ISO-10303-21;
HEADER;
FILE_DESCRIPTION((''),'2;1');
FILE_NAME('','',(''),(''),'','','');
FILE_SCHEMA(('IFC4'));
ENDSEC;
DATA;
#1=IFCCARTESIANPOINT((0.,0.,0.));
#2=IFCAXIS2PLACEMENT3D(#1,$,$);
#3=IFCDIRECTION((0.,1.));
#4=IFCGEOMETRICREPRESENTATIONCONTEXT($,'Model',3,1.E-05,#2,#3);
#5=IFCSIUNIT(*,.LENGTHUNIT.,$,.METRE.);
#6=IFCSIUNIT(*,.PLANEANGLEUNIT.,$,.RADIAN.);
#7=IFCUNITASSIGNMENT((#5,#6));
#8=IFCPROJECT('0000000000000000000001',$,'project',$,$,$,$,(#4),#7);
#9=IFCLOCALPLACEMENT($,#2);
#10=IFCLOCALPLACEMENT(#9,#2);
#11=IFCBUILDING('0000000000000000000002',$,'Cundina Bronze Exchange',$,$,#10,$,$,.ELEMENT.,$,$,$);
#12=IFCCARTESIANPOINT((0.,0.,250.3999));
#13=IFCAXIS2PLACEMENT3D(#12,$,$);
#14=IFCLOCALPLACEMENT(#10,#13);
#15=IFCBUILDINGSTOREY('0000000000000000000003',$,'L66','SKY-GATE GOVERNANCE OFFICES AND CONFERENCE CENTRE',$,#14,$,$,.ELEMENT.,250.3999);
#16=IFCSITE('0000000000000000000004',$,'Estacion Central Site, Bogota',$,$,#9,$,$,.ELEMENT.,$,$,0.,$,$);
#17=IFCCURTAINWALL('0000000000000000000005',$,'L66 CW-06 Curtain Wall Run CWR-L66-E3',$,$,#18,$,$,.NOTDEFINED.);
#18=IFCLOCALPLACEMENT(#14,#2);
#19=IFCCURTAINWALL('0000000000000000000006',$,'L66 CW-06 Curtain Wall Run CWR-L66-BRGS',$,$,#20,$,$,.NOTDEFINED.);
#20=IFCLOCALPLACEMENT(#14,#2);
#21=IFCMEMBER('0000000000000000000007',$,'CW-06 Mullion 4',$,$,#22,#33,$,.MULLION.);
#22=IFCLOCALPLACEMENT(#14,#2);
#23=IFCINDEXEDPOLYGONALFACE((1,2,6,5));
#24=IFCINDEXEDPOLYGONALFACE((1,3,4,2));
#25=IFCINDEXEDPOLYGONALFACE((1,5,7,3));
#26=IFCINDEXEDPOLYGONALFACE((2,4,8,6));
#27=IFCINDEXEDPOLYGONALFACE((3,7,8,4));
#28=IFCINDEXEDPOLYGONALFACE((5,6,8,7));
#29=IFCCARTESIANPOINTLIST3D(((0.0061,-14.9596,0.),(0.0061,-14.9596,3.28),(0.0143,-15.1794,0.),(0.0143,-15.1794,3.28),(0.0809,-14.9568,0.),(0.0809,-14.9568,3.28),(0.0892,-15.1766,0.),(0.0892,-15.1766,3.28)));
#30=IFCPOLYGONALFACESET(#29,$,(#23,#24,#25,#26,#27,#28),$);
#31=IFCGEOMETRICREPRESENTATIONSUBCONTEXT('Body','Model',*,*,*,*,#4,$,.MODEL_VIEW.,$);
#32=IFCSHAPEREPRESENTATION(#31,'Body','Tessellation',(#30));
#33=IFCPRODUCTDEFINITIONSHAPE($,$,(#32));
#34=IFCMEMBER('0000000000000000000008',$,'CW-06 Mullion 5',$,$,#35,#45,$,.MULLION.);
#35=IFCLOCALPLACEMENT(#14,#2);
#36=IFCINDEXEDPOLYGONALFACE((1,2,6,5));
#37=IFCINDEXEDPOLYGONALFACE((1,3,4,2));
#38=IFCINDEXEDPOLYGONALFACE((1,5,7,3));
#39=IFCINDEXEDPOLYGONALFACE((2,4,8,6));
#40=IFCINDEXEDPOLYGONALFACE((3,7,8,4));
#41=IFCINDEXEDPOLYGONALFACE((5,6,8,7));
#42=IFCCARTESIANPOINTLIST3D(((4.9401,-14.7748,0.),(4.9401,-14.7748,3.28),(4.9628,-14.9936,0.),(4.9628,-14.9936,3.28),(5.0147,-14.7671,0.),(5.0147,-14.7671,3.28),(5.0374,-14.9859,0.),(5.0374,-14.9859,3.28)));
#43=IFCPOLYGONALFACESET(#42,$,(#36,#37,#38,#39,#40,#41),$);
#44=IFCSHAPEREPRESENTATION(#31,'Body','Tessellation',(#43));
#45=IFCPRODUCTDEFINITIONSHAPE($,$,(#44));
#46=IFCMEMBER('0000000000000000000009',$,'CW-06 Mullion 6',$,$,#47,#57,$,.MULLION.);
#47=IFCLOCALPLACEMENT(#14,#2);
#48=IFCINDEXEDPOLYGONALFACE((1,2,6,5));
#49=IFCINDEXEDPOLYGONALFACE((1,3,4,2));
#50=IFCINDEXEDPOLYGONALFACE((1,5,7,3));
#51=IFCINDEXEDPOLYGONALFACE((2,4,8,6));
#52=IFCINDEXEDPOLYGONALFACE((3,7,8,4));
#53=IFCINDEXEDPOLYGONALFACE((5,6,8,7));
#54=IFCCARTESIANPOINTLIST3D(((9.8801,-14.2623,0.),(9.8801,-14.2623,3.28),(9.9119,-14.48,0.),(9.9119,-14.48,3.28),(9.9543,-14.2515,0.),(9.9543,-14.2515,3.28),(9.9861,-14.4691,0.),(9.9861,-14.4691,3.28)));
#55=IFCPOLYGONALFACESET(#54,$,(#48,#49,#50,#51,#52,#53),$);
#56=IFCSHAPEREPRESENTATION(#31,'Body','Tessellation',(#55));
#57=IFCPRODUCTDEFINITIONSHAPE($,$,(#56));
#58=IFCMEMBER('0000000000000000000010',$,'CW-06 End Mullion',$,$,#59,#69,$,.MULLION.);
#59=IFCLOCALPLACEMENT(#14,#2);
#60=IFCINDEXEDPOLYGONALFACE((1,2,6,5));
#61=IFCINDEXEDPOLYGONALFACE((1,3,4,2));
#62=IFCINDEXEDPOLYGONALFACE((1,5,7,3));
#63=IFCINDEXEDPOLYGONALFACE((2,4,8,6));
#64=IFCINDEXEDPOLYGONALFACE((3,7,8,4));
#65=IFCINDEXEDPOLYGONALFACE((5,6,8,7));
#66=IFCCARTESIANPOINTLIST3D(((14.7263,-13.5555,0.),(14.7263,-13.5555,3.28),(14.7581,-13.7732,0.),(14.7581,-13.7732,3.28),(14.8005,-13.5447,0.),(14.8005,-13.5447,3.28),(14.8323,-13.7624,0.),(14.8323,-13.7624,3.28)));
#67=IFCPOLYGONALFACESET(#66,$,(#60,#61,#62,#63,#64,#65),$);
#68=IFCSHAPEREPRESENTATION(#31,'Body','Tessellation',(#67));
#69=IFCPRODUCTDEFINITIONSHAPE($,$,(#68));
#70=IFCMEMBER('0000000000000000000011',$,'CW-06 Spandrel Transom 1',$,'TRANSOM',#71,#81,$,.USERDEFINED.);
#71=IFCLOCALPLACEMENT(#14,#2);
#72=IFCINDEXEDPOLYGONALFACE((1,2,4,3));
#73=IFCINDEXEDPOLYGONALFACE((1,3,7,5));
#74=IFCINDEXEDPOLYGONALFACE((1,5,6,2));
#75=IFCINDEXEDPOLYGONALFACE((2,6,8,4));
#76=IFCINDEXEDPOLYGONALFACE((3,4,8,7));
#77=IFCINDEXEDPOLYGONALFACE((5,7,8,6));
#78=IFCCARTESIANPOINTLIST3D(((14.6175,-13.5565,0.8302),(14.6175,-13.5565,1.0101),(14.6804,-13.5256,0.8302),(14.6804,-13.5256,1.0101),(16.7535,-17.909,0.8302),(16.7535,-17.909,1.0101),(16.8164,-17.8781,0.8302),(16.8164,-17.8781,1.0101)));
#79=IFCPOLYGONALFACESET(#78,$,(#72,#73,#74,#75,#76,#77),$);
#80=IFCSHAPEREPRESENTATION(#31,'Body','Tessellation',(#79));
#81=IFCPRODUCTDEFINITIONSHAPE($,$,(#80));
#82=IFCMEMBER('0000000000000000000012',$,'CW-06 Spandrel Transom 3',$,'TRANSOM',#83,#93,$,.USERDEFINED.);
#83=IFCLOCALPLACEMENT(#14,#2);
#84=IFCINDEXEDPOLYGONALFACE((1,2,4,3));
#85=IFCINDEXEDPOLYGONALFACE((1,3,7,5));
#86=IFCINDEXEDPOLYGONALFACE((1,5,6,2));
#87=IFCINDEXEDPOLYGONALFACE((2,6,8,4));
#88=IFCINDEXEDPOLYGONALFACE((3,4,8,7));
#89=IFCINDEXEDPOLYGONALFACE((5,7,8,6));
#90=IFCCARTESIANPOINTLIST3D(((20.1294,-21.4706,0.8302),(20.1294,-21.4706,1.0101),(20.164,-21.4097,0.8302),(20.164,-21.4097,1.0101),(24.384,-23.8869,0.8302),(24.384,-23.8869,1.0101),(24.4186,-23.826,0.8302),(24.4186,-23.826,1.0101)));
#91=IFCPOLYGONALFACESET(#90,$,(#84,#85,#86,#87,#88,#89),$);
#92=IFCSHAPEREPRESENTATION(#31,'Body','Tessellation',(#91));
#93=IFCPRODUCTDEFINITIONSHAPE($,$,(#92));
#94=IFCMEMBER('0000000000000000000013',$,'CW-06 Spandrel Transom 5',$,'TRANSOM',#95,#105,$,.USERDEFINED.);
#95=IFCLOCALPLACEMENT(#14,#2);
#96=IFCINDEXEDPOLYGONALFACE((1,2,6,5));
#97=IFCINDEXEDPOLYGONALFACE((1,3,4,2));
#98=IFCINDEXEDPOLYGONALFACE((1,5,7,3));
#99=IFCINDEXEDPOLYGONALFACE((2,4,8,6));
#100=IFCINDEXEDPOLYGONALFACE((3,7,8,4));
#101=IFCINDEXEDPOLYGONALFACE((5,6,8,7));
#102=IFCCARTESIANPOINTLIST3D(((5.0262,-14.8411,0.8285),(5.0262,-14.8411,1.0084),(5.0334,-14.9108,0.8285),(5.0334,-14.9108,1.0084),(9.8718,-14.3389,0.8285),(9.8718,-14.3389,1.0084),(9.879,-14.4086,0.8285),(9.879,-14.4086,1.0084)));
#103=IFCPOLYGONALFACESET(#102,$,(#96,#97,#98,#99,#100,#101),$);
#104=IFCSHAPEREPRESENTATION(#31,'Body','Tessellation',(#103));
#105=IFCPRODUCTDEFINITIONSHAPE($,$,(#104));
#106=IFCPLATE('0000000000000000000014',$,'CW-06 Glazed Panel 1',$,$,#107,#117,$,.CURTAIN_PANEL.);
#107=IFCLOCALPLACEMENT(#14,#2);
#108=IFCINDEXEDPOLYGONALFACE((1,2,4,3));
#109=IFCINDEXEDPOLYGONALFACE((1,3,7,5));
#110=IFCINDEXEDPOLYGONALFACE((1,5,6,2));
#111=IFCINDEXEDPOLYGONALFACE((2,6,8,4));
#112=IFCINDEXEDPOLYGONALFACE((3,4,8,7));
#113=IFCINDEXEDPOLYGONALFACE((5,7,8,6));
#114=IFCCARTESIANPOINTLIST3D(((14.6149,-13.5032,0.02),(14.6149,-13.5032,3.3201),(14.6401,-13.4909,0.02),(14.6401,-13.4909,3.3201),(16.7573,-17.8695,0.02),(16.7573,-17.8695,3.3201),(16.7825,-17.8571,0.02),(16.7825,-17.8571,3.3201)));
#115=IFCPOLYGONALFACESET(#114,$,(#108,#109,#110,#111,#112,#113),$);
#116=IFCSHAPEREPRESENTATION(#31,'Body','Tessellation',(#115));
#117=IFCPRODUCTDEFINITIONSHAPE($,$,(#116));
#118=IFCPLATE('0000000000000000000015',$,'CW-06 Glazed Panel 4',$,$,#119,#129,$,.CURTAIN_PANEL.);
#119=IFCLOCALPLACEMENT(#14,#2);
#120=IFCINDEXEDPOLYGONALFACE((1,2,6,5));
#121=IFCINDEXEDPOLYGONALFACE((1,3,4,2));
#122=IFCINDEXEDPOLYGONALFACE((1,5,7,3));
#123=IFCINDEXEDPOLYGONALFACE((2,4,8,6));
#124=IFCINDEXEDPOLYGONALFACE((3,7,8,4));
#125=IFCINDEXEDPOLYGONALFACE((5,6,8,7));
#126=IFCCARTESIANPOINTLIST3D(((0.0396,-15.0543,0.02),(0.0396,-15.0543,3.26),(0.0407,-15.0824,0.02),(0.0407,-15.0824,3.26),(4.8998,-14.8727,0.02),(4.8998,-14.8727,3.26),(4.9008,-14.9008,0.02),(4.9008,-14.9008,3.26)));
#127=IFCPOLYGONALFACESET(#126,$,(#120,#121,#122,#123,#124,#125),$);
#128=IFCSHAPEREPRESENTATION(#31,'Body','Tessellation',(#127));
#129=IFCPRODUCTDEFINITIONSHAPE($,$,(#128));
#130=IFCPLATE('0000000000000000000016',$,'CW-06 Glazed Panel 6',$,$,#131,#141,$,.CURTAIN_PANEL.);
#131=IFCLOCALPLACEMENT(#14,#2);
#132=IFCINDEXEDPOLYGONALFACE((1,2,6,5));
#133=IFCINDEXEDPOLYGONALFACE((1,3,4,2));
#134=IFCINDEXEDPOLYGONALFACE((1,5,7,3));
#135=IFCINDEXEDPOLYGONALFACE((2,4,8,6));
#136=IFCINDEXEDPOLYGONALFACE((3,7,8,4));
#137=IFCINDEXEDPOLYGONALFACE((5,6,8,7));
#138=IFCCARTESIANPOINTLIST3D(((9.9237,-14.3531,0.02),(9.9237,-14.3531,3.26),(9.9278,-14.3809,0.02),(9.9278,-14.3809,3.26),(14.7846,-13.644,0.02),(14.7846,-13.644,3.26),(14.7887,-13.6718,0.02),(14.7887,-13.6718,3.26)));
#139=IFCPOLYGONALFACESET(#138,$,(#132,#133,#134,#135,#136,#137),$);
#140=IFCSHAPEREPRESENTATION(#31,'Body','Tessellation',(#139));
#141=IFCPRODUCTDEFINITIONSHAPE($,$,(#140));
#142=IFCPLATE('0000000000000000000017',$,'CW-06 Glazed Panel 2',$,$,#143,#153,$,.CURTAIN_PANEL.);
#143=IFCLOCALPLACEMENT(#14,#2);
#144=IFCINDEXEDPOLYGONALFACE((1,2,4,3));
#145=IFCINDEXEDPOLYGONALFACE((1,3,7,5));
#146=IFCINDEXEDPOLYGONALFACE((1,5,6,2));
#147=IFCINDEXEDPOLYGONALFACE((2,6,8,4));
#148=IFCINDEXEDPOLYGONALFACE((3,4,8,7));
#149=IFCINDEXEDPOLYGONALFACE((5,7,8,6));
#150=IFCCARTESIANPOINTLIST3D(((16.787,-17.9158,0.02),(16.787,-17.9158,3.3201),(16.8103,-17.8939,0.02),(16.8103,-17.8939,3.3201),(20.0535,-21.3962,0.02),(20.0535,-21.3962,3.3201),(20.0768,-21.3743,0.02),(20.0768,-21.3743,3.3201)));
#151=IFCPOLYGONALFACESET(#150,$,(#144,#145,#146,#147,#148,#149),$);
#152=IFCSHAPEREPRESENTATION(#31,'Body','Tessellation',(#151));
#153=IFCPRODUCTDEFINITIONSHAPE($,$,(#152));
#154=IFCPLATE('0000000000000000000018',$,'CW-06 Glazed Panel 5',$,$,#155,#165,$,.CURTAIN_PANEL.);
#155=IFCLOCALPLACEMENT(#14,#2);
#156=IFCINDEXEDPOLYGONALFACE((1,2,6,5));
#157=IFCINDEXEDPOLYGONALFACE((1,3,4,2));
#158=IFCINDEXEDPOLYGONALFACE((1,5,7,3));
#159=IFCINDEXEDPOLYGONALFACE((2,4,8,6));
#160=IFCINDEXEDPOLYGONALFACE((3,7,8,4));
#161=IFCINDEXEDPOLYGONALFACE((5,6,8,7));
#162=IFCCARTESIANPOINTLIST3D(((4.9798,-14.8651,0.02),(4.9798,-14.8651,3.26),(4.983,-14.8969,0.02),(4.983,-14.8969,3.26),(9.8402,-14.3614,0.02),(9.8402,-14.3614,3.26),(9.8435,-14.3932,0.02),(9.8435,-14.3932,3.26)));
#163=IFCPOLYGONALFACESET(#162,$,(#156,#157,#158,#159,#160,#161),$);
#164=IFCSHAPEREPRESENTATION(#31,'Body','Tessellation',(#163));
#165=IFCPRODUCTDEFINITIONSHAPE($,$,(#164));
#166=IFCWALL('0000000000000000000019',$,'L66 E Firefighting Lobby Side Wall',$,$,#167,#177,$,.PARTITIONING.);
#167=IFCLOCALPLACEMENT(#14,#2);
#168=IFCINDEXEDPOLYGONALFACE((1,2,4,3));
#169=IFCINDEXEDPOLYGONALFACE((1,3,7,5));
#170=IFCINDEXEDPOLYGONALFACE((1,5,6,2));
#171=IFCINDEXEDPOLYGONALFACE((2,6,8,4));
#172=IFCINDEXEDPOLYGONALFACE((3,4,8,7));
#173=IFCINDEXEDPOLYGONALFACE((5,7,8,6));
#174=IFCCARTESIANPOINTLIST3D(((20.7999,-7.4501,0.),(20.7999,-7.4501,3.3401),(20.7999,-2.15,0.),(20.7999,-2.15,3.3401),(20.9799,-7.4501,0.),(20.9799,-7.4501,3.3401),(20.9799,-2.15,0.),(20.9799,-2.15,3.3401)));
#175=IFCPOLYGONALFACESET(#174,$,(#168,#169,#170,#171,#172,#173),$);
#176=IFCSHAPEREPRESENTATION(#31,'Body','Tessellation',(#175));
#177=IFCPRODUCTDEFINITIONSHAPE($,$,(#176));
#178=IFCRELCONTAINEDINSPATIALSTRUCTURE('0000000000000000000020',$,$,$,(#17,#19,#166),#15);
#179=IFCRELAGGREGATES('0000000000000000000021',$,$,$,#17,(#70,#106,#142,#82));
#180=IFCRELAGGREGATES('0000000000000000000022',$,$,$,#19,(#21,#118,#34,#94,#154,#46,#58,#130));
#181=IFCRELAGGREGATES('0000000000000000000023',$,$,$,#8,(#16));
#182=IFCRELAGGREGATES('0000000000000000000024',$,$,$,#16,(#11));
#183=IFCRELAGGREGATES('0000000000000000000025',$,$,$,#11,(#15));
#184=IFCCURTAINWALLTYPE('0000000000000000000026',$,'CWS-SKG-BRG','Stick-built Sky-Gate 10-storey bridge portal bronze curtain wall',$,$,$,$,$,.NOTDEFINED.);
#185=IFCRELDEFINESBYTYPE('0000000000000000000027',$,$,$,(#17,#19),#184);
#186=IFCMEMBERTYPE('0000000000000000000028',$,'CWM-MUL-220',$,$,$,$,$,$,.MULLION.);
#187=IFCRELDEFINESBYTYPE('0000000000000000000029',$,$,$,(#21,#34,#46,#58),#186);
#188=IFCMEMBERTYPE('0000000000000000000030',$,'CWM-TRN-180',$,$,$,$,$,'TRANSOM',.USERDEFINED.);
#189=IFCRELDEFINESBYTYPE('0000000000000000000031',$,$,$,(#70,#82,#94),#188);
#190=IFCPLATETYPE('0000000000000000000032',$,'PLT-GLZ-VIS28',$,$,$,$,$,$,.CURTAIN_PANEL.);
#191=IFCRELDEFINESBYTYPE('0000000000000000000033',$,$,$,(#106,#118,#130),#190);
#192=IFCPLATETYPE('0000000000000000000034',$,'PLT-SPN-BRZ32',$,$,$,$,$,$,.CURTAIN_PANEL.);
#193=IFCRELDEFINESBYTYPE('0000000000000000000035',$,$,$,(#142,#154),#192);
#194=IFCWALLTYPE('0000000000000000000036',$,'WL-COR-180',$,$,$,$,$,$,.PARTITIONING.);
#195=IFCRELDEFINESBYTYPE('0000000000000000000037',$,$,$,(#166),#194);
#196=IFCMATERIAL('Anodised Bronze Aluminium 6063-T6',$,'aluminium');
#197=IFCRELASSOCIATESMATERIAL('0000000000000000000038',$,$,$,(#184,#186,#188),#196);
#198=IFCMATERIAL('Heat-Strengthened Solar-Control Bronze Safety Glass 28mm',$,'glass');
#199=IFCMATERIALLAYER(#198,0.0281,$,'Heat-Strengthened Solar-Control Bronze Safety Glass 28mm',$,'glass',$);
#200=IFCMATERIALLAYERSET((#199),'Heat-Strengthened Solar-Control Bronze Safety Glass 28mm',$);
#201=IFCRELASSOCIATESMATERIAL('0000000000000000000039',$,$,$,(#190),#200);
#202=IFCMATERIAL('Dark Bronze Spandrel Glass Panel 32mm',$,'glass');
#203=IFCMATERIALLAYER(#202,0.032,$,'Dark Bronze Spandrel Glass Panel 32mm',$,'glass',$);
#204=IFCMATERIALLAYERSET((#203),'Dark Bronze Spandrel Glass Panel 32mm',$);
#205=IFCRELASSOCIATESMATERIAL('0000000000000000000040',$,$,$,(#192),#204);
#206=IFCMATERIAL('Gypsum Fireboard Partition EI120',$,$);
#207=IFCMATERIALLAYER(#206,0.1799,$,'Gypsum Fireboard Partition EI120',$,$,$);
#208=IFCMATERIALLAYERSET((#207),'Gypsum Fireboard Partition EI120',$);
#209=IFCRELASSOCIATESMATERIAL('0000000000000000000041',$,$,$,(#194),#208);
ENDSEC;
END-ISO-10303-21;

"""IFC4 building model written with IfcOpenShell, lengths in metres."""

from ifc_helpers import new_model, si_unit, direction, frame, frame_2d, origin, origin_2d, place, context, subcontext, project, spatial, rectangle, extrude, material, layer, layer_set, material_profile, profile_set, type_object, element, aggregate, save


model = new_model("IFC4")

# Units and contexts
model_context = context("Model", 3, precision=1e-05, world=origin(), true_north=direction((0.0, 1.0)))
body_context = subcontext(model_context, "Body", "Model", "MODEL_VIEW")
ifc_project = project(units=[si_unit("LENGTHUNIT", "METRE"), si_unit("PLANEANGLEUNIT", "RADIAN")], contexts=[model_context])

# Site, building, storey
site_placement = place(None, origin())
site = spatial("IfcSite", under=ifc_project, at=site_placement, Name="Estacion Central Site, Bogota", CompositionType="ELEMENT", RefElevation=0.0)
building_placement = place(site_placement, origin())
building = spatial("IfcBuilding", under=site, at=building_placement, Name="Cundina Bronze Exchange", CompositionType="ELEMENT")
storey_placement = place(building_placement, frame((0.0, 0.0, 250.3999)))
storey = spatial("IfcBuildingStorey", under=building, at=storey_placement, Name="L66", Description="SKY-GATE GOVERNANCE OFFICES AND CONFERENCE CENTRE", CompositionType="ELEMENT", Elevation=250.3999)

# Curtain walls, members
ifc_material_1 = material(Name="Anodised Bronze Aluminium 6063-T6", Category="aluminium")
curtain_wall_type = type_object("IfcCurtainWallType", Name="CWS-SKG-BRG", Description="Stick-built Sky-Gate 10-storey bridge portal bronze curtain wall", PredefinedType="NOTDEFINED", material=ifc_material_1)
curtain_wall_1_placement = place(storey_placement, origin())
curtain_wall_1 = element("IfcCurtainWall", 1, at=curtain_wall_1_placement, inside=storey, type_object=curtain_wall_type, Name="L66 CW-06 Curtain Wall Run CWR-L66-E3", PredefinedType="NOTDEFINED")
ifc_material_profile_1 = material_profile(ifc_material_1, rectangle(XDim=0.075, YDim=0.22, at=origin_2d()), Name="AL75X220", Category="aluminium")
ifc_profile_set_1 = profile_set([ifc_material_profile_1], Name="Anodised Bronze Aluminium 6063-T6")
member_type_1 = type_object("IfcMemberType", Name="CWM-MUL-220", PredefinedType="MULLION", material=ifc_profile_set_1)
curtain_wall_2_placement = place(storey_placement, origin())
curtain_wall_2 = element("IfcCurtainWall", 2, at=curtain_wall_2_placement, inside=storey, type_object=curtain_wall_type, Name="L66 CW-06 Curtain Wall Run CWR-L66-BRGS", PredefinedType="NOTDEFINED")
member_1_placement = place(storey_placement, frame((0.0476, -15.0681, 0.0), z_axis=(0.0, 0.0, 1.0), x_axis=(0.999303, 0.037341, 0.0)))
member_1 = element("IfcMember", 3, at=member_1_placement, type_object=member_type_1, Name="CW-06 Mullion 4", PredefinedType="MULLION", context=body_context, shape_type="SweptSolid", body=[
    extrude(rectangle(XDim=0.075, YDim=0.22, at=origin_2d()), origin(), (0.0, 0.0, 1.0), 3.28),
])
member_2_placement = place(storey_placement, frame((4.9888, -14.8804, 0.0), z_axis=(0.0, 0.0, 1.0), x_axis=(0.994667, 0.10314, 0.0)))
member_2 = element("IfcMember", 4, at=member_2_placement, type_object=member_type_1, Name="CW-06 Mullion 5", PredefinedType="MULLION", context=body_context, shape_type="SweptSolid", body=[
    extrude(rectangle(XDim=0.075, YDim=0.22, at=origin_2d()), origin(), (0.0, 0.0, 1.0), 3.28),
])
member_3_placement = place(storey_placement, frame((9.9331, -14.3657, 0.0), z_axis=(0.0, 0.0, 1.0), x_axis=(0.989526, 0.144356, 0.0)))
member_3 = element("IfcMember", 5, at=member_3_placement, type_object=member_type_1, Name="CW-06 Mullion 6", PredefinedType="MULLION", context=body_context, shape_type="SweptSolid", body=[
    extrude(rectangle(XDim=0.075, YDim=0.22, at=origin_2d()), origin(), (0.0, 0.0, 1.0), 3.28),
])
member_4_placement = place(storey_placement, frame((14.7793, -13.6589, 0.0), z_axis=(0.0, 0.0, 1.0), x_axis=(0.989526, 0.144356, 0.0)))
member_4 = element("IfcMember", 6, at=member_4_placement, type_object=member_type_1, Name="CW-06 End Mullion", PredefinedType="MULLION", context=body_context, shape_type="SweptSolid", body=[
    extrude(rectangle(XDim=0.075, YDim=0.22, at=origin_2d()), origin(), (0.0, 0.0, 1.0), 3.28),
])

# Members
ifc_material_profile_2 = material_profile(ifc_material_1, rectangle(XDim=0.0701, YDim=0.1799, at=origin_2d()), Name="AL70X180", Category="aluminium")
ifc_profile_set_2 = profile_set([ifc_material_profile_2], Name="Anodised Bronze Aluminium 6063-T6")
member_type_2 = type_object("IfcMemberType", Name="CWM-TRN-180", ElementType="TRANSOM", PredefinedType="USERDEFINED", material=ifc_profile_set_2)
member_5_placement = place(storey_placement, frame((14.6489, -13.541, 0.9202), z_axis=(0.440554, -0.897726, 0.0), x_axis=(0.897726, 0.440554, 0.0)))
member_5 = element("IfcMember", 7, at=member_5_placement, type_object=member_type_2, Name="CW-06 Spandrel Transom 1", ObjectType="TRANSOM", PredefinedType="USERDEFINED", context=body_context, shape_type="SweptSolid", body=[
    extrude(rectangle(XDim=0.0701, YDim=0.1799, at=origin_2d()), origin(), (0.0, 0.0, 1.0), 4.8484),
])
member_6_placement = place(storey_placement, frame((20.1467, -21.4402, 0.9202), z_axis=(0.869557, -0.493832, 0.0), x_axis=(0.493832, 0.869557, 0.0)))
member_6 = element("IfcMember", 8, at=member_6_placement, type_object=member_type_2, Name="CW-06 Spandrel Transom 3", ObjectType="TRANSOM", PredefinedType="USERDEFINED", context=body_context, shape_type="SweptSolid", body=[
    extrude(rectangle(XDim=0.0701, YDim=0.1799, at=origin_2d()), origin(), (0.0, 0.0, 1.0), 4.8928),
])
member_7_placement = place(storey_placement, frame((5.0298, -14.876, 0.9185), z_axis=(0.994672, 0.103086, 0.0), x_axis=(-0.103086, 0.994672, 0.0)))
member_7 = element("IfcMember", 9, at=member_7_placement, type_object=member_type_2, Name="CW-06 Spandrel Transom 5", ObjectType="TRANSOM", PredefinedType="USERDEFINED", context=body_context, shape_type="SweptSolid", body=[
    extrude(rectangle(XDim=0.0701, YDim=0.1799, at=origin_2d()), origin(), (0.0, 0.0, 1.0), 4.8716),
])

# Plates
ifc_material_2 = material(Name="Heat-Strengthened Solar-Control Bronze Safety Glass 28mm", Category="glass")
ifc_layer_1 = layer(ifc_material_2, 0.0281, Name="Heat-Strengthened Solar-Control Bronze Safety Glass 28mm", Category="glass")
ifc_layer_set_1 = layer_set([ifc_layer_1], Name="Heat-Strengthened Solar-Control Bronze Safety Glass 28mm")
plate_type_1 = type_object("IfcPlateType", Name="PLT-GLZ-VIS28", PredefinedType="CURTAIN_PANEL", material=ifc_layer_set_1)
plate_1_placement = place(storey_placement, frame((15.6987, -15.6802, 0.02), z_axis=(0.0, 0.0, 1.0), x_axis=(0.440503, -0.897751, 0.0)))
plate_1 = element("IfcPlate", 10, at=plate_1_placement, type_object=plate_type_1, Name="CW-06 Glazed Panel 1", PredefinedType="CURTAIN_PANEL", context=body_context, shape_type="SweptSolid", body=[
    extrude(rectangle(XDim=4.8635, YDim=0.0281, at=origin_2d()), origin(), (0.0, 0.0, 1.0), 3.3),
])
plate_2_placement = place(storey_placement, frame((2.4702, -14.9775, 0.02), z_axis=(0.0, 0.0, 1.0), x_axis=(0.999303, 0.037341, 0.0)))
plate_2 = element("IfcPlate", 11, at=plate_2_placement, type_object=plate_type_1, Name="CW-06 Glazed Panel 4", PredefinedType="CURTAIN_PANEL", context=body_context, shape_type="SweptSolid", body=[
    extrude(rectangle(XDim=4.8635, YDim=0.0281, at=origin_2d()), origin(), (0.0, 0.0, 1.0), 3.24),
])
plate_3_placement = place(storey_placement, frame((12.3562, -14.0125, 0.02), z_axis=(0.0, 0.0, 1.0), x_axis=(0.989528, 0.144339, 0.0)))
plate_3 = element("IfcPlate", 12, at=plate_3_placement, type_object=plate_type_1, Name="CW-06 Glazed Panel 6", PredefinedType="CURTAIN_PANEL", context=body_context, shape_type="SweptSolid", body=[
    extrude(rectangle(XDim=4.9124, YDim=0.0281, at=origin_2d()), origin(), (0.0, 0.0, 1.0), 3.24),
])
ifc_material_3 = material(Name="Dark Bronze Spandrel Glass Panel 32mm", Category="glass")
ifc_layer_2 = layer(ifc_material_3, 0.032, Name="Dark Bronze Spandrel Glass Panel 32mm", Category="glass")
ifc_layer_set_2 = layer_set([ifc_layer_2], Name="Dark Bronze Spandrel Glass Panel 32mm")
plate_type_2 = type_object("IfcPlateType", Name="PLT-SPN-BRZ32", PredefinedType="CURTAIN_PANEL", material=ifc_layer_set_2)
plate_4_placement = place(storey_placement, frame((18.4319, -19.645, 0.02), z_axis=(0.0, 0.0, 1.0), x_axis=(0.684344, -0.72916, 0.0)))
plate_4 = element("IfcPlate", 13, at=plate_4_placement, type_object=plate_type_2, Name="CW-06 Glazed Panel 2", PredefinedType="CURTAIN_PANEL", context=body_context, shape_type="SweptSolid", body=[
    extrude(rectangle(XDim=4.7732, YDim=0.032, at=origin_2d()), origin(), (0.0, 0.0, 1.0), 3.3),
])
aggregate(curtain_wall_1, [member_5, plate_1, plate_4, member_6])
plate_5_placement = place(storey_placement, frame((7.4116, -14.6292, 0.02), z_axis=(0.0, 0.0, 1.0), x_axis=(0.994672, 0.103088, 0.0)))
plate_5 = element("IfcPlate", 14, at=plate_5_placement, type_object=plate_type_2, Name="CW-06 Glazed Panel 5", PredefinedType="CURTAIN_PANEL", context=body_context, shape_type="SweptSolid", body=[
    extrude(rectangle(XDim=4.8865, YDim=0.032, at=origin_2d()), origin(), (0.0, 0.0, 1.0), 3.24),
])
aggregate(curtain_wall_2, [member_1, plate_2, member_2, member_7, plate_5, member_3, member_4, plate_3])

# Wall
ifc_material_4 = material(Name="Gypsum Fireboard Partition EI120")
ifc_layer_3 = layer(ifc_material_4, 0.1799, Name="Gypsum Fireboard Partition EI120")
ifc_layer_set_3 = layer_set([ifc_layer_3], Name="Gypsum Fireboard Partition EI120")
wall_type = type_object("IfcWallType", Name="WL-COR-180", PredefinedType="PARTITIONING", material=ifc_layer_set_3)
wall_1_placement = place(storey_placement, frame((20.8899, -7.45, 0.0), z_axis=(0.0, 0.0, 1.0), x_axis=(0.0, 1.0, 0.0)))
element("IfcWall", 15, at=wall_1_placement, inside=storey, type_object=wall_type, Name="L66 E Firefighting Lobby Side Wall", PredefinedType="PARTITIONING", context=body_context, shape_type="SweptSolid", body=[
    extrude(rectangle(XDim=5.3, YDim=0.1799, at=frame_2d((2.6499, 0.0))), origin(), (0.0, 0.0, 1.0), 3.3401),
])

save(model, "model.ifc")
